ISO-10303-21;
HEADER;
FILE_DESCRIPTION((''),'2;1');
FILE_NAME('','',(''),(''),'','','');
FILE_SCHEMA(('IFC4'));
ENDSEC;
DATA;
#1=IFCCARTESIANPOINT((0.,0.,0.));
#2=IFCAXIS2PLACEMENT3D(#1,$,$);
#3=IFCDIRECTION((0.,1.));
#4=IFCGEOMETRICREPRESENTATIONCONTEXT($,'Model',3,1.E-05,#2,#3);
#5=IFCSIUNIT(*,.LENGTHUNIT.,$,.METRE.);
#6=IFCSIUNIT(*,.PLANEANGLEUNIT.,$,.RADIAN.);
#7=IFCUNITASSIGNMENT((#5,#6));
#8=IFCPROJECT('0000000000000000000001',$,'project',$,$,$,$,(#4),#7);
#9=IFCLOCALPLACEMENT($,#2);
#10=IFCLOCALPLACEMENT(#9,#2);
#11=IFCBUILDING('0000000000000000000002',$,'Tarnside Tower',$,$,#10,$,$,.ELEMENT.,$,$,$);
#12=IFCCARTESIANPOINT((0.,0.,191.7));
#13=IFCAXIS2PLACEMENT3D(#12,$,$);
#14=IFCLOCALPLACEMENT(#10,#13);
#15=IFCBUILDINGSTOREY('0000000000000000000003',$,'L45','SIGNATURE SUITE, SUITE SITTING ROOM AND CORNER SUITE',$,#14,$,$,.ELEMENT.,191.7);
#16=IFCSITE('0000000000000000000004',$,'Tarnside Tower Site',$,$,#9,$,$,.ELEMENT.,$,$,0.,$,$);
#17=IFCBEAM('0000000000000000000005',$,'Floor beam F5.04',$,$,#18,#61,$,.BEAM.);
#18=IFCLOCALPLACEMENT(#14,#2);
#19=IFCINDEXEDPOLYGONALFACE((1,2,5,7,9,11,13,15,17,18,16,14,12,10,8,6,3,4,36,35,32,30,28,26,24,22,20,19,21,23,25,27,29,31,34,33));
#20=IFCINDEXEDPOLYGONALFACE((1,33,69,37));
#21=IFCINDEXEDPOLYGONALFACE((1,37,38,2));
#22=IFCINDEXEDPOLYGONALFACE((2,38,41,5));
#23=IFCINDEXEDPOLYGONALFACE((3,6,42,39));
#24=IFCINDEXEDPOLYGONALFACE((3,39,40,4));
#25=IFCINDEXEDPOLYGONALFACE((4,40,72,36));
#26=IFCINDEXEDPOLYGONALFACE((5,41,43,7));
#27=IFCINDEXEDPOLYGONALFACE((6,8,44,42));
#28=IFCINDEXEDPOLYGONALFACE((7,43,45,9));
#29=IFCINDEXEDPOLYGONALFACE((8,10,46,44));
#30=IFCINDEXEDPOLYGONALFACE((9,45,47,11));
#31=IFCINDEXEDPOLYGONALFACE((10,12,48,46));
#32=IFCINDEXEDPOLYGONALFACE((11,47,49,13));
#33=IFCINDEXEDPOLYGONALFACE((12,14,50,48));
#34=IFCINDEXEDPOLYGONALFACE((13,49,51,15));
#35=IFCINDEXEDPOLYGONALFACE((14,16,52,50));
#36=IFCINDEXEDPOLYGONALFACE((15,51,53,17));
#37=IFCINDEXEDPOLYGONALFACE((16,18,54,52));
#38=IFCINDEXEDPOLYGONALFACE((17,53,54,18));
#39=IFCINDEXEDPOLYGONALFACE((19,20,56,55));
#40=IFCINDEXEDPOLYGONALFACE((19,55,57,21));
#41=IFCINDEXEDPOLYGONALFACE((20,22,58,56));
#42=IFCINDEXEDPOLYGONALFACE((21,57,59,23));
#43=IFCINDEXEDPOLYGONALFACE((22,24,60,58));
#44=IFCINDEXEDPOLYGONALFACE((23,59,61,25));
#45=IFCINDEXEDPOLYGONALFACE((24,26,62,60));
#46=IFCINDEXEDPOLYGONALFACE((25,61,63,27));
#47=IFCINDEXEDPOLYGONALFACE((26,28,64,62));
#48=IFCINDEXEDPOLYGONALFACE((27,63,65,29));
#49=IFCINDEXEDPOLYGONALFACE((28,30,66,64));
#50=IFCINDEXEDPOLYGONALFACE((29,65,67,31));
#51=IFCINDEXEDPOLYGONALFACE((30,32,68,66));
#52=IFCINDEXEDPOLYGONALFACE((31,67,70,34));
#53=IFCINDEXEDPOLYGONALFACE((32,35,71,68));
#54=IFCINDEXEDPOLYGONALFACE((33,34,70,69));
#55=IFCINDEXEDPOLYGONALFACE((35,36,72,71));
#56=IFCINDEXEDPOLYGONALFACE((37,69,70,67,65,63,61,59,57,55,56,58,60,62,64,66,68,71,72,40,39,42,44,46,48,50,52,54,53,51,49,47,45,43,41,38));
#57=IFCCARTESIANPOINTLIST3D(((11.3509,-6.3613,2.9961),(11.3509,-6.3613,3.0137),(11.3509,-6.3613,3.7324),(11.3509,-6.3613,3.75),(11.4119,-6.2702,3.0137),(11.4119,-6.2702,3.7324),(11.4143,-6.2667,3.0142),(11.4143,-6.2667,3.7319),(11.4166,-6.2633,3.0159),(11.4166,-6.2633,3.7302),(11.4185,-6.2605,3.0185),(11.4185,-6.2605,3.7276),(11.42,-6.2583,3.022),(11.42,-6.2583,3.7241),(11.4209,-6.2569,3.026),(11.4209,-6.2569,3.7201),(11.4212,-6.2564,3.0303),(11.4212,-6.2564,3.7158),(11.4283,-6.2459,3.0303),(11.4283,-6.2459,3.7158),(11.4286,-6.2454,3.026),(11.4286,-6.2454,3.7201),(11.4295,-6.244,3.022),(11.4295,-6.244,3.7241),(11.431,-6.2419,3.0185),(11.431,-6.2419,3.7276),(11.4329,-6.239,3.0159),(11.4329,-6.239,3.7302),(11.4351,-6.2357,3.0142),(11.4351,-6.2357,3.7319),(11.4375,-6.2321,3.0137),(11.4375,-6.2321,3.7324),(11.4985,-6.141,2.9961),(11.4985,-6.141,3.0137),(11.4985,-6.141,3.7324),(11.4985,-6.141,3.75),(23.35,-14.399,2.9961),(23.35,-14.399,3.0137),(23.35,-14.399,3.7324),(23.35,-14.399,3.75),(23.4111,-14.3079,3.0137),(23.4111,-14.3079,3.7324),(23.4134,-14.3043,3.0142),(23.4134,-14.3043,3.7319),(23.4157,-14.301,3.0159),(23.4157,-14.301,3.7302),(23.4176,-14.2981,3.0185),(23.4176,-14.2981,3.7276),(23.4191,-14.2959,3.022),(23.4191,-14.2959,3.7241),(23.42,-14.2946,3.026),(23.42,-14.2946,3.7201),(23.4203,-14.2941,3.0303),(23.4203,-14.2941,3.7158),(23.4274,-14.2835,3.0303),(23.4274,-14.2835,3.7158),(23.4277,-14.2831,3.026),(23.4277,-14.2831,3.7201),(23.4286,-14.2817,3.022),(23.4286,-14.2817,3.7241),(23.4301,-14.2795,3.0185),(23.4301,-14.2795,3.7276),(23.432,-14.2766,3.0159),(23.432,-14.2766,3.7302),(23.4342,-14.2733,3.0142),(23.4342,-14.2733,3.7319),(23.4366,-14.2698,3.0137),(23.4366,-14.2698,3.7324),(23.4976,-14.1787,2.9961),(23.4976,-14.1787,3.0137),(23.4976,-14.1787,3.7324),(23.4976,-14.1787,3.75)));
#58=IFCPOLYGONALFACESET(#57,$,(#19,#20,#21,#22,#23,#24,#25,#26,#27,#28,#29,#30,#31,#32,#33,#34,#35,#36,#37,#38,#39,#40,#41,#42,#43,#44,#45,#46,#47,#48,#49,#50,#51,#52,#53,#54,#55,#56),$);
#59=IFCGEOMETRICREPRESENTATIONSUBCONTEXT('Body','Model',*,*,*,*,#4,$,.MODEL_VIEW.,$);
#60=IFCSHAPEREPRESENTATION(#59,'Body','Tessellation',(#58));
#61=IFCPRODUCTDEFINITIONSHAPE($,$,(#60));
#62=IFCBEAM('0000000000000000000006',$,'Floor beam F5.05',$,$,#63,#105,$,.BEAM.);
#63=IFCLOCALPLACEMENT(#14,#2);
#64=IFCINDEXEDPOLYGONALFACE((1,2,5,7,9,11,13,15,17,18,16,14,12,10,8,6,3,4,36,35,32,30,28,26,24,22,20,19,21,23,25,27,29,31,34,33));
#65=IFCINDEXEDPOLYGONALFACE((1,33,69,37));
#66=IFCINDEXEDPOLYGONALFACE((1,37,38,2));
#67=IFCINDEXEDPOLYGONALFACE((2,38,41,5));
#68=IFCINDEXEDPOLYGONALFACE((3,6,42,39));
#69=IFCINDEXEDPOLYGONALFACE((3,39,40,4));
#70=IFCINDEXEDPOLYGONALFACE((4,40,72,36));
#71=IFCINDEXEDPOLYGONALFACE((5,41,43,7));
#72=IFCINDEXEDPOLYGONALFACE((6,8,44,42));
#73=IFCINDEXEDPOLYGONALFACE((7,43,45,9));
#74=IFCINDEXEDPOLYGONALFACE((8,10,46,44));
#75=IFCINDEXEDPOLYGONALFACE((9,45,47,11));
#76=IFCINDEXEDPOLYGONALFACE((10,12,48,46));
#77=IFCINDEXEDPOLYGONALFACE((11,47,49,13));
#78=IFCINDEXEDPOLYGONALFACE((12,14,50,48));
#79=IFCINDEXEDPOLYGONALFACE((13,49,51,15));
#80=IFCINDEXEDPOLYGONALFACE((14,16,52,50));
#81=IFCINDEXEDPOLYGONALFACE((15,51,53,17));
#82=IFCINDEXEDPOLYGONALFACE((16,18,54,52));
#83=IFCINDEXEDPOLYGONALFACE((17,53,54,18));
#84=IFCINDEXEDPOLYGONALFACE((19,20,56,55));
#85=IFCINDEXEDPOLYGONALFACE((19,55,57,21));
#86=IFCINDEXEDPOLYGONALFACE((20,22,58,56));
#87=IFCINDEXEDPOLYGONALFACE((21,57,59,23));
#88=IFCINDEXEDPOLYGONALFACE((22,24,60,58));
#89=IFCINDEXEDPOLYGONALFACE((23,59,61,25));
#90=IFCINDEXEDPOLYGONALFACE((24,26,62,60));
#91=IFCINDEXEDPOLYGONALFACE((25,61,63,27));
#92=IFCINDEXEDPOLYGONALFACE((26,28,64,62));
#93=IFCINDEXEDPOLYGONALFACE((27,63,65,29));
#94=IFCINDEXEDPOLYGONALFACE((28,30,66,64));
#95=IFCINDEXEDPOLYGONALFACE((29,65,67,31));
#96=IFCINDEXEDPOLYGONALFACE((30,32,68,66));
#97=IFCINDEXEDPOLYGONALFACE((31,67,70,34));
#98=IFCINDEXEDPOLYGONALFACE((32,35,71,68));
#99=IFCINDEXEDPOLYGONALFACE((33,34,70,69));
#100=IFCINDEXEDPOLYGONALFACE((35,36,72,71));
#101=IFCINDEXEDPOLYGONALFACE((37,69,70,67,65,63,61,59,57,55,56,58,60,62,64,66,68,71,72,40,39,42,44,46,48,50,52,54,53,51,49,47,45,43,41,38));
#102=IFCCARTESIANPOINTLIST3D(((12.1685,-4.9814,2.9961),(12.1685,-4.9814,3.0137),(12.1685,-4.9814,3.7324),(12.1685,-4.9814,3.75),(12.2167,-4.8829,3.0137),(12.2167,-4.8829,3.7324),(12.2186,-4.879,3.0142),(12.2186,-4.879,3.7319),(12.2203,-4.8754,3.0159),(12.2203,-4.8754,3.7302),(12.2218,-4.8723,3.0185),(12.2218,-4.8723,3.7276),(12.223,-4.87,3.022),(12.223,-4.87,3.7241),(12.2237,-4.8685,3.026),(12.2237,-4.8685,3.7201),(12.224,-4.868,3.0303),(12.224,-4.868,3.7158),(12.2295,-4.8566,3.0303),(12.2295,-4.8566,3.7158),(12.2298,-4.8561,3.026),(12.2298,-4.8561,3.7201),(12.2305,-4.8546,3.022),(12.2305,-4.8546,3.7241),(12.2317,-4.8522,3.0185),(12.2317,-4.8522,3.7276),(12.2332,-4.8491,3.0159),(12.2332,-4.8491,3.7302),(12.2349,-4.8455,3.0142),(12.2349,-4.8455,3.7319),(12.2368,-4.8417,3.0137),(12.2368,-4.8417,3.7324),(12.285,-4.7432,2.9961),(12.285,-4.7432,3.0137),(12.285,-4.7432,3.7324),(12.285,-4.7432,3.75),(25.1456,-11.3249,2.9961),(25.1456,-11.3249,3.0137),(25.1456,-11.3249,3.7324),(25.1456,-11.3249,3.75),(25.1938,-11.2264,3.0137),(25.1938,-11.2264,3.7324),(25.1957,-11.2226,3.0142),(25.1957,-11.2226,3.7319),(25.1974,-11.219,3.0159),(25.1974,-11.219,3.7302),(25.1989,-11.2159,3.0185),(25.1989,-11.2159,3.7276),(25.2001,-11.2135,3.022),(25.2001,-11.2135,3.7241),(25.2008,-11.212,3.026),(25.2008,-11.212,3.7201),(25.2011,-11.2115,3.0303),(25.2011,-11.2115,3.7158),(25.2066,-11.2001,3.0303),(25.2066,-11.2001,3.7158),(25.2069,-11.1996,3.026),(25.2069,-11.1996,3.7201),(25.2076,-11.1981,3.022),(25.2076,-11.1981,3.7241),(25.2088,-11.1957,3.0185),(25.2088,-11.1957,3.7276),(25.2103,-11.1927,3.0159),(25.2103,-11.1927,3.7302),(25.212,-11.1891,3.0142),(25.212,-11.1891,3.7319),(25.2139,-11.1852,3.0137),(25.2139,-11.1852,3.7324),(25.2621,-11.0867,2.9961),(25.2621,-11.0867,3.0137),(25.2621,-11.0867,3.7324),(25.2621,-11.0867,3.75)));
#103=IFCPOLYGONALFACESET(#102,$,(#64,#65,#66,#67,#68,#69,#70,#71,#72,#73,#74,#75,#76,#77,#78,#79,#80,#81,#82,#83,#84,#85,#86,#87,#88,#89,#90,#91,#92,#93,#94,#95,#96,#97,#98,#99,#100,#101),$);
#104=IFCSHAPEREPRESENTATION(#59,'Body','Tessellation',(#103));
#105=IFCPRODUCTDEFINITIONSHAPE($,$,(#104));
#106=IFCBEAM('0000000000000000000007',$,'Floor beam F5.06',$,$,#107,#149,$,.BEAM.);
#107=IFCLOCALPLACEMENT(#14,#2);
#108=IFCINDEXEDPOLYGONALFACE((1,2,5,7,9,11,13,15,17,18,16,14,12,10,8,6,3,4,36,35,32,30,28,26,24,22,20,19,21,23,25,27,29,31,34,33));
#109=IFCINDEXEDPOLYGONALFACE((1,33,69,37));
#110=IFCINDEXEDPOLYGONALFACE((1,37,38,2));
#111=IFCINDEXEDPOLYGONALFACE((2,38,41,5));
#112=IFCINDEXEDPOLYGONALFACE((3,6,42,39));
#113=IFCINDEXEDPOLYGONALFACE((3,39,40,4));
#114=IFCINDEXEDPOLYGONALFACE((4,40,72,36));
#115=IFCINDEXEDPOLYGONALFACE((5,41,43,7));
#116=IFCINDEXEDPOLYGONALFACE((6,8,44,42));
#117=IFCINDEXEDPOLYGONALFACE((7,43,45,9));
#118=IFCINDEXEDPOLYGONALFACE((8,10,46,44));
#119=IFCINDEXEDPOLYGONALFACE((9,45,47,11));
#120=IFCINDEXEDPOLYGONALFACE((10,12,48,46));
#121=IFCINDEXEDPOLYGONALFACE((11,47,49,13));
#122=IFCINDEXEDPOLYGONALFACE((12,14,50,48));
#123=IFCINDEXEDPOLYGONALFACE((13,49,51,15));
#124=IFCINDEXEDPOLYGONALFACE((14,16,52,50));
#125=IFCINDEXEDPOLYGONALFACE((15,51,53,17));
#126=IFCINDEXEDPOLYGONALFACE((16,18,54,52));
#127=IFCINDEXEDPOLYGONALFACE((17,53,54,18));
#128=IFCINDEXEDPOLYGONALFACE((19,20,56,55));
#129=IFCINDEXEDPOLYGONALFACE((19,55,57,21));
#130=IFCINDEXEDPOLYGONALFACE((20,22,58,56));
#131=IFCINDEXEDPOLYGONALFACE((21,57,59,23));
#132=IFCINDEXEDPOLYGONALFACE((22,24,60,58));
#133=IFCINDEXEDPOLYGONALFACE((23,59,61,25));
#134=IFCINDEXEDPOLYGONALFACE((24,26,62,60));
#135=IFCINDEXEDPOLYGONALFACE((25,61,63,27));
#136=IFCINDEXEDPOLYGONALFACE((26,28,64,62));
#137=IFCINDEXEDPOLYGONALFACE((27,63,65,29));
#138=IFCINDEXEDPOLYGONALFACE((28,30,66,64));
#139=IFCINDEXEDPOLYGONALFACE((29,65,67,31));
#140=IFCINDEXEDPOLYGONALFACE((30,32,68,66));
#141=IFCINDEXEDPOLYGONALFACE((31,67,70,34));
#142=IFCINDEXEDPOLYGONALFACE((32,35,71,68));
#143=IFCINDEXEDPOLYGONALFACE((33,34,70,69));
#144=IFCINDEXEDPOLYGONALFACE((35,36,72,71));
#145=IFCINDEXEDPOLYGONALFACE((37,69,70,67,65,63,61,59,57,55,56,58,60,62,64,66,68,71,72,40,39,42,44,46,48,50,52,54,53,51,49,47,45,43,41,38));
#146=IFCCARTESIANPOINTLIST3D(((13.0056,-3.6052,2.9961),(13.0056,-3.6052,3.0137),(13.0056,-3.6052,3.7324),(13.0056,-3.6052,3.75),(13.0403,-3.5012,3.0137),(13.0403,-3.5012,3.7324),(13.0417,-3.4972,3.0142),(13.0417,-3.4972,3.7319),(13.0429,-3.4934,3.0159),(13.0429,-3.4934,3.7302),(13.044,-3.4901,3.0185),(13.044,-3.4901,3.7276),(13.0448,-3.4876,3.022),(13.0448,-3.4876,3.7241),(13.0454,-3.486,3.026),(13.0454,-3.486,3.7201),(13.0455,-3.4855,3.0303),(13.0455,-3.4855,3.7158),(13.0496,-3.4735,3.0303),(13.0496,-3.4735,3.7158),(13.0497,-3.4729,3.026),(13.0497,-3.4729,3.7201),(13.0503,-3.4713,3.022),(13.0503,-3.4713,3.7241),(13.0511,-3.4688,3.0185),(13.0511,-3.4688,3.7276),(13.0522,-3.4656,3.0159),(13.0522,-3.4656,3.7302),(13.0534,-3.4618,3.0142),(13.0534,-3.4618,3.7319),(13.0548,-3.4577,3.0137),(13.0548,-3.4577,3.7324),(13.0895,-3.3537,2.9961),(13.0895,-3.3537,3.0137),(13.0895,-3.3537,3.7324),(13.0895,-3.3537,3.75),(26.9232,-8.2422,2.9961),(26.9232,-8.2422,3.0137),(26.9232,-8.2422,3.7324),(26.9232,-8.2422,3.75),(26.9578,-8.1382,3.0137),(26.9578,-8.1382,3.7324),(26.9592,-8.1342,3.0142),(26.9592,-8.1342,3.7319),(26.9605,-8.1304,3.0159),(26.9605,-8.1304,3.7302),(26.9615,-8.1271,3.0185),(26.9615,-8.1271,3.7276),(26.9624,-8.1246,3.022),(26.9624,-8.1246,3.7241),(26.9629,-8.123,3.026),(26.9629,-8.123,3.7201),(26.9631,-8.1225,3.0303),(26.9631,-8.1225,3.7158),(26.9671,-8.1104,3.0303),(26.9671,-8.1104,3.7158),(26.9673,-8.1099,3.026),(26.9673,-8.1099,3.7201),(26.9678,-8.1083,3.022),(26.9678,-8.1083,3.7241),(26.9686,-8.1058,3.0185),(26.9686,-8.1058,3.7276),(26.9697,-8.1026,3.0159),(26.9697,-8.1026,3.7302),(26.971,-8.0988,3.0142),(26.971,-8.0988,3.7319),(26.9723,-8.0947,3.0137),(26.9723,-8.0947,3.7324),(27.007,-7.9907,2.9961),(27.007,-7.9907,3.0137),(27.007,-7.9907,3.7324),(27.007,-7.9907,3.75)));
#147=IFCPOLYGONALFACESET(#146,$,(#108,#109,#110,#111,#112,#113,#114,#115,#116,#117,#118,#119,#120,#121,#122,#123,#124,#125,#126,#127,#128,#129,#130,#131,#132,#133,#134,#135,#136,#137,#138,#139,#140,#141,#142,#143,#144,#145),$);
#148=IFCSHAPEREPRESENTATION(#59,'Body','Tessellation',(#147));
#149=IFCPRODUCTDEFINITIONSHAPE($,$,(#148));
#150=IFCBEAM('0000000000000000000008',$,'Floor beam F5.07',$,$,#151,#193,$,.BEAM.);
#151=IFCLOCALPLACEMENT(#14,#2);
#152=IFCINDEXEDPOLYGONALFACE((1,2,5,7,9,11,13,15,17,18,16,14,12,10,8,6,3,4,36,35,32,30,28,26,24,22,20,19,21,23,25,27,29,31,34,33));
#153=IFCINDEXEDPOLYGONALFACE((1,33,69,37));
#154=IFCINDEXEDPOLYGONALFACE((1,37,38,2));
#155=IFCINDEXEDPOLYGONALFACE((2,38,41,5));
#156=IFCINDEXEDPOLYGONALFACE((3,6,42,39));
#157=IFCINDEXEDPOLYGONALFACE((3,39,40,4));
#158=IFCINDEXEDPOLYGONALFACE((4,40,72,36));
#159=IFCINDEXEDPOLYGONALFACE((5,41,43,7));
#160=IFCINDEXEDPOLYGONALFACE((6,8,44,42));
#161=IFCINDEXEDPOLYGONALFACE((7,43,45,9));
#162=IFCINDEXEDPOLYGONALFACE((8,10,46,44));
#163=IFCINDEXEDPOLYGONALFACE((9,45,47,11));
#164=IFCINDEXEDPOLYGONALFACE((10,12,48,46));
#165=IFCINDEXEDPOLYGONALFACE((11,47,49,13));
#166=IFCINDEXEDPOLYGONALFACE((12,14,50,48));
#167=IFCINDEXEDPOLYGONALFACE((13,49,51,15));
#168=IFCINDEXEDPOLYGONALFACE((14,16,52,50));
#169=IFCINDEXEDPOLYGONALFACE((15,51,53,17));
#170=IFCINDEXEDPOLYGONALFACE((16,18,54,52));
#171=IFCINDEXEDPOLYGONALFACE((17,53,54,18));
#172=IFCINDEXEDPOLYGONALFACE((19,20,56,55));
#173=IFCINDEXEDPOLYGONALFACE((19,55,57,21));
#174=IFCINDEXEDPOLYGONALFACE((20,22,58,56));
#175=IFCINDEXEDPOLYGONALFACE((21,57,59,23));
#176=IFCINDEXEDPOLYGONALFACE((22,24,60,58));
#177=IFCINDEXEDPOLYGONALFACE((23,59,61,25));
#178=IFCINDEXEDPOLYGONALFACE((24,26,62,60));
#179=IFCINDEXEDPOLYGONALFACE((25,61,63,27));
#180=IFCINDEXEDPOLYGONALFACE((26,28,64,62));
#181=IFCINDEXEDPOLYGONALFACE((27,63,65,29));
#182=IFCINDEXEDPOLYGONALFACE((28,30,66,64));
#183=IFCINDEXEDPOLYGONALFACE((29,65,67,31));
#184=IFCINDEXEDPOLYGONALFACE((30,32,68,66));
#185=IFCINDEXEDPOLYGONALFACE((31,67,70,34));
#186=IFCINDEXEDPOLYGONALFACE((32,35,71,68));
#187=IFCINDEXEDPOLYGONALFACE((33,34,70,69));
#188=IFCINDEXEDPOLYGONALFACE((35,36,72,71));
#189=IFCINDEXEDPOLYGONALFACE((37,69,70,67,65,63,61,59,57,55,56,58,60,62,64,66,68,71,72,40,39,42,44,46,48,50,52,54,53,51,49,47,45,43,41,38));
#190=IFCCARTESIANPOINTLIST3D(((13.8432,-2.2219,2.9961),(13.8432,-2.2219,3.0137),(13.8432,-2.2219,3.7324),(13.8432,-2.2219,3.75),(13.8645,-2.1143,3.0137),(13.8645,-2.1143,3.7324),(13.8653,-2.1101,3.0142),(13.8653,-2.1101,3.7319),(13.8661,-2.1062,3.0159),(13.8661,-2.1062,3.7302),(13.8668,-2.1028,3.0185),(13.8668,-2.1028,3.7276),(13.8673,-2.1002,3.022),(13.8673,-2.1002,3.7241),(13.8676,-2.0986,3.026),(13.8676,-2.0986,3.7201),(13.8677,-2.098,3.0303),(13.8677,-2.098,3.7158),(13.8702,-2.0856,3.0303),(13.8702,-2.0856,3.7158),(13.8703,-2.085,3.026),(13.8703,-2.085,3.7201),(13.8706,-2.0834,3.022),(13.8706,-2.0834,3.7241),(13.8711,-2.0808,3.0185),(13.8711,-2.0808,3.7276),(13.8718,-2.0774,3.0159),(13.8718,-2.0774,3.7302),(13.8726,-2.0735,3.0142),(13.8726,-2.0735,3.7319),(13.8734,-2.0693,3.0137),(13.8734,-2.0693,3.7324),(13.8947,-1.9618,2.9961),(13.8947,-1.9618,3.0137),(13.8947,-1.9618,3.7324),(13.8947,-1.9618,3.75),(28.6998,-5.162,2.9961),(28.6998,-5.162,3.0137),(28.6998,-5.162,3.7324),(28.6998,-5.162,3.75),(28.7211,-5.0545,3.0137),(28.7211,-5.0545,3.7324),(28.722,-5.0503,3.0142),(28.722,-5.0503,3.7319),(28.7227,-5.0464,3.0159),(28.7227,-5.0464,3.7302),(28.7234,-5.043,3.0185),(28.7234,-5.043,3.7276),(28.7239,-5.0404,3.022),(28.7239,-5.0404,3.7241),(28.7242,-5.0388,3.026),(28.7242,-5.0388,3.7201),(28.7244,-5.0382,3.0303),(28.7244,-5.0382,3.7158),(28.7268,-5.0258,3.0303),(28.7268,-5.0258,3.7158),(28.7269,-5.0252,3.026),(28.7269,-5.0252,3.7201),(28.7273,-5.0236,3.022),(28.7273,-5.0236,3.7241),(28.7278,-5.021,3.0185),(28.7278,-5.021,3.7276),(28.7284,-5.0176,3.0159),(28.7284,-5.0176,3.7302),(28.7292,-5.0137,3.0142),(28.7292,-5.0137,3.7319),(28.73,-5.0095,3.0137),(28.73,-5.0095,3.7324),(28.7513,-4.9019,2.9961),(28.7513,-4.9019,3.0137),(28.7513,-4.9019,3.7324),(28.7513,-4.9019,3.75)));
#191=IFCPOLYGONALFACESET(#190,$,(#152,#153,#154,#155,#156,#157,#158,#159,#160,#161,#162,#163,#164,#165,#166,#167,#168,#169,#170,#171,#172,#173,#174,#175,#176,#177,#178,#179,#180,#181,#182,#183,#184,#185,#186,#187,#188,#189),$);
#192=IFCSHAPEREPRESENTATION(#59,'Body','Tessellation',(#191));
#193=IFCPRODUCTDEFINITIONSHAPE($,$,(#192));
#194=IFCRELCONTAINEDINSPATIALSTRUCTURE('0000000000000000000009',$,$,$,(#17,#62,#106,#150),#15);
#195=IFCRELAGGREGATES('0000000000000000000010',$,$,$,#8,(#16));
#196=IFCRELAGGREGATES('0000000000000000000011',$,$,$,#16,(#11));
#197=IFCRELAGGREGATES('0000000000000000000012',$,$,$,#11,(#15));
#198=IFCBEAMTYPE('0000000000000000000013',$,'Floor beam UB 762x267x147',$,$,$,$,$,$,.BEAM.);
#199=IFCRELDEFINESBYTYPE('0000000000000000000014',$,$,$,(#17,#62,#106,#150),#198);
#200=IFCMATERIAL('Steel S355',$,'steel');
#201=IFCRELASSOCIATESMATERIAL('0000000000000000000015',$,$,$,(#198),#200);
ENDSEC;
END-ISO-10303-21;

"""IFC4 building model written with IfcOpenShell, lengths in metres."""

from ifc_helpers import new_model, si_unit, direction, frame, origin, origin_2d, place, context, subcontext, project, spatial, i_section, extrude, material, material_profile, profile_set, type_object, element, save


model = new_model("IFC4")

# Units and contexts
model_context = context("Model", 3, precision=1e-05, world=origin(), true_north=direction((0.0, 1.0)))
body_context = subcontext(model_context, "Body", "Model", "MODEL_VIEW")
ifc_project = project(units=[si_unit("LENGTHUNIT", "METRE"), si_unit("PLANEANGLEUNIT", "RADIAN")], contexts=[model_context])

# Site, building, storey
site_placement = place(None, origin())
site = spatial("IfcSite", under=ifc_project, at=site_placement, Name="Tarnside Tower Site", CompositionType="ELEMENT", RefElevation=0.0)
building_placement = place(site_placement, origin())
building = spatial("IfcBuilding", under=site, at=building_placement, Name="Tarnside Tower", CompositionType="ELEMENT")
storey_placement = place(building_placement, frame((0.0, 0.0, 191.7)))
storey = spatial("IfcBuildingStorey", under=building, at=storey_placement, Name="L45", Description="SIGNATURE SUITE, SUITE SITTING ROOM AND CORNER SUITE", CompositionType="ELEMENT", Elevation=191.7)

# Beams
ifc_material_1 = material(Name="Steel S355", Category="steel")
ifc_material_profile_1 = material_profile(ifc_material_1, i_section(OverallWidth=0.2651, OverallDepth=0.7539, WebThickness=0.0127, FlangeThickness=0.0176, FilletRadius=0.0166, at=origin_2d()), Name="UB 762x267x147")
ifc_profile_set_1 = profile_set([ifc_material_profile_1], Name="Steel S355")
beam_type_1 = type_object("IfcBeamType", Name="Floor beam UB 762x267x147", PredefinedType="BEAM", material=ifc_profile_set_1)
beam_1_placement = place(storey_placement, frame((23.4238, -14.2888, 3.373), z_axis=(-0.830826, 0.556532, 0.0), x_axis=(-0.556532, -0.830826, 0.0)))
element("IfcBeam", 1, at=beam_1_placement, inside=storey, type_object=beam_type_1, Name="Floor beam F5.04", PredefinedType="BEAM", context=body_context, shape_type="SweptSolid", body=[
    extrude(i_section(OverallWidth=0.2651, OverallDepth=0.7539, WebThickness=0.0127, FlangeThickness=0.0176, FilletRadius=0.0166, at=origin_2d()), origin(), (0.0, 0.0, 1.0), 14.4424),
])
beam_2_placement = place(storey_placement, frame((25.2039, -11.2058, 3.373), z_axis=(-0.898407, 0.439164, 0.0), x_axis=(-0.439164, -0.898407, 0.0)))
element("IfcBeam", 2, at=beam_2_placement, inside=storey, type_object=beam_type_1, Name="Floor beam F5.05", PredefinedType="BEAM", context=body_context, shape_type="SweptSolid", body=[
    extrude(i_section(OverallWidth=0.2651, OverallDepth=0.7539, WebThickness=0.0127, FlangeThickness=0.0176, FilletRadius=0.0166, at=origin_2d()), origin(), (0.0, 0.0, 1.0), 14.4446),
])
beam_3_placement = place(storey_placement, frame((26.9651, -8.1165, 3.373), z_axis=(-0.948728, 0.316093, 0.0), x_axis=(-0.316093, -0.948728, 0.0)))
element("IfcBeam", 3, at=beam_3_placement, inside=storey, type_object=beam_type_1, Name="Floor beam F5.06", PredefinedType="BEAM", context=body_context, shape_type="SweptSolid", body=[
    extrude(i_section(OverallWidth=0.2651, OverallDepth=0.7539, WebThickness=0.0127, FlangeThickness=0.0176, FilletRadius=0.0166, at=origin_2d()), origin(), (0.0, 0.0, 1.0), 14.6697),
])
beam_4_placement = place(storey_placement, frame((28.7256, -5.032, 3.373), z_axis=(-0.980974, 0.194138, 0.0), x_axis=(-0.194138, -0.980974, 0.0)))
element("IfcBeam", 4, at=beam_4_placement, inside=storey, type_object=beam_type_1, Name="Floor beam F5.07", PredefinedType="BEAM", context=body_context, shape_type="SweptSolid", body=[
    extrude(i_section(OverallWidth=0.2651, OverallDepth=0.7539, WebThickness=0.0127, FlangeThickness=0.0176, FilletRadius=0.0166, at=origin_2d()), origin(), (0.0, 0.0, 1.0), 15.1448),
])

save(model, "model.ifc")
